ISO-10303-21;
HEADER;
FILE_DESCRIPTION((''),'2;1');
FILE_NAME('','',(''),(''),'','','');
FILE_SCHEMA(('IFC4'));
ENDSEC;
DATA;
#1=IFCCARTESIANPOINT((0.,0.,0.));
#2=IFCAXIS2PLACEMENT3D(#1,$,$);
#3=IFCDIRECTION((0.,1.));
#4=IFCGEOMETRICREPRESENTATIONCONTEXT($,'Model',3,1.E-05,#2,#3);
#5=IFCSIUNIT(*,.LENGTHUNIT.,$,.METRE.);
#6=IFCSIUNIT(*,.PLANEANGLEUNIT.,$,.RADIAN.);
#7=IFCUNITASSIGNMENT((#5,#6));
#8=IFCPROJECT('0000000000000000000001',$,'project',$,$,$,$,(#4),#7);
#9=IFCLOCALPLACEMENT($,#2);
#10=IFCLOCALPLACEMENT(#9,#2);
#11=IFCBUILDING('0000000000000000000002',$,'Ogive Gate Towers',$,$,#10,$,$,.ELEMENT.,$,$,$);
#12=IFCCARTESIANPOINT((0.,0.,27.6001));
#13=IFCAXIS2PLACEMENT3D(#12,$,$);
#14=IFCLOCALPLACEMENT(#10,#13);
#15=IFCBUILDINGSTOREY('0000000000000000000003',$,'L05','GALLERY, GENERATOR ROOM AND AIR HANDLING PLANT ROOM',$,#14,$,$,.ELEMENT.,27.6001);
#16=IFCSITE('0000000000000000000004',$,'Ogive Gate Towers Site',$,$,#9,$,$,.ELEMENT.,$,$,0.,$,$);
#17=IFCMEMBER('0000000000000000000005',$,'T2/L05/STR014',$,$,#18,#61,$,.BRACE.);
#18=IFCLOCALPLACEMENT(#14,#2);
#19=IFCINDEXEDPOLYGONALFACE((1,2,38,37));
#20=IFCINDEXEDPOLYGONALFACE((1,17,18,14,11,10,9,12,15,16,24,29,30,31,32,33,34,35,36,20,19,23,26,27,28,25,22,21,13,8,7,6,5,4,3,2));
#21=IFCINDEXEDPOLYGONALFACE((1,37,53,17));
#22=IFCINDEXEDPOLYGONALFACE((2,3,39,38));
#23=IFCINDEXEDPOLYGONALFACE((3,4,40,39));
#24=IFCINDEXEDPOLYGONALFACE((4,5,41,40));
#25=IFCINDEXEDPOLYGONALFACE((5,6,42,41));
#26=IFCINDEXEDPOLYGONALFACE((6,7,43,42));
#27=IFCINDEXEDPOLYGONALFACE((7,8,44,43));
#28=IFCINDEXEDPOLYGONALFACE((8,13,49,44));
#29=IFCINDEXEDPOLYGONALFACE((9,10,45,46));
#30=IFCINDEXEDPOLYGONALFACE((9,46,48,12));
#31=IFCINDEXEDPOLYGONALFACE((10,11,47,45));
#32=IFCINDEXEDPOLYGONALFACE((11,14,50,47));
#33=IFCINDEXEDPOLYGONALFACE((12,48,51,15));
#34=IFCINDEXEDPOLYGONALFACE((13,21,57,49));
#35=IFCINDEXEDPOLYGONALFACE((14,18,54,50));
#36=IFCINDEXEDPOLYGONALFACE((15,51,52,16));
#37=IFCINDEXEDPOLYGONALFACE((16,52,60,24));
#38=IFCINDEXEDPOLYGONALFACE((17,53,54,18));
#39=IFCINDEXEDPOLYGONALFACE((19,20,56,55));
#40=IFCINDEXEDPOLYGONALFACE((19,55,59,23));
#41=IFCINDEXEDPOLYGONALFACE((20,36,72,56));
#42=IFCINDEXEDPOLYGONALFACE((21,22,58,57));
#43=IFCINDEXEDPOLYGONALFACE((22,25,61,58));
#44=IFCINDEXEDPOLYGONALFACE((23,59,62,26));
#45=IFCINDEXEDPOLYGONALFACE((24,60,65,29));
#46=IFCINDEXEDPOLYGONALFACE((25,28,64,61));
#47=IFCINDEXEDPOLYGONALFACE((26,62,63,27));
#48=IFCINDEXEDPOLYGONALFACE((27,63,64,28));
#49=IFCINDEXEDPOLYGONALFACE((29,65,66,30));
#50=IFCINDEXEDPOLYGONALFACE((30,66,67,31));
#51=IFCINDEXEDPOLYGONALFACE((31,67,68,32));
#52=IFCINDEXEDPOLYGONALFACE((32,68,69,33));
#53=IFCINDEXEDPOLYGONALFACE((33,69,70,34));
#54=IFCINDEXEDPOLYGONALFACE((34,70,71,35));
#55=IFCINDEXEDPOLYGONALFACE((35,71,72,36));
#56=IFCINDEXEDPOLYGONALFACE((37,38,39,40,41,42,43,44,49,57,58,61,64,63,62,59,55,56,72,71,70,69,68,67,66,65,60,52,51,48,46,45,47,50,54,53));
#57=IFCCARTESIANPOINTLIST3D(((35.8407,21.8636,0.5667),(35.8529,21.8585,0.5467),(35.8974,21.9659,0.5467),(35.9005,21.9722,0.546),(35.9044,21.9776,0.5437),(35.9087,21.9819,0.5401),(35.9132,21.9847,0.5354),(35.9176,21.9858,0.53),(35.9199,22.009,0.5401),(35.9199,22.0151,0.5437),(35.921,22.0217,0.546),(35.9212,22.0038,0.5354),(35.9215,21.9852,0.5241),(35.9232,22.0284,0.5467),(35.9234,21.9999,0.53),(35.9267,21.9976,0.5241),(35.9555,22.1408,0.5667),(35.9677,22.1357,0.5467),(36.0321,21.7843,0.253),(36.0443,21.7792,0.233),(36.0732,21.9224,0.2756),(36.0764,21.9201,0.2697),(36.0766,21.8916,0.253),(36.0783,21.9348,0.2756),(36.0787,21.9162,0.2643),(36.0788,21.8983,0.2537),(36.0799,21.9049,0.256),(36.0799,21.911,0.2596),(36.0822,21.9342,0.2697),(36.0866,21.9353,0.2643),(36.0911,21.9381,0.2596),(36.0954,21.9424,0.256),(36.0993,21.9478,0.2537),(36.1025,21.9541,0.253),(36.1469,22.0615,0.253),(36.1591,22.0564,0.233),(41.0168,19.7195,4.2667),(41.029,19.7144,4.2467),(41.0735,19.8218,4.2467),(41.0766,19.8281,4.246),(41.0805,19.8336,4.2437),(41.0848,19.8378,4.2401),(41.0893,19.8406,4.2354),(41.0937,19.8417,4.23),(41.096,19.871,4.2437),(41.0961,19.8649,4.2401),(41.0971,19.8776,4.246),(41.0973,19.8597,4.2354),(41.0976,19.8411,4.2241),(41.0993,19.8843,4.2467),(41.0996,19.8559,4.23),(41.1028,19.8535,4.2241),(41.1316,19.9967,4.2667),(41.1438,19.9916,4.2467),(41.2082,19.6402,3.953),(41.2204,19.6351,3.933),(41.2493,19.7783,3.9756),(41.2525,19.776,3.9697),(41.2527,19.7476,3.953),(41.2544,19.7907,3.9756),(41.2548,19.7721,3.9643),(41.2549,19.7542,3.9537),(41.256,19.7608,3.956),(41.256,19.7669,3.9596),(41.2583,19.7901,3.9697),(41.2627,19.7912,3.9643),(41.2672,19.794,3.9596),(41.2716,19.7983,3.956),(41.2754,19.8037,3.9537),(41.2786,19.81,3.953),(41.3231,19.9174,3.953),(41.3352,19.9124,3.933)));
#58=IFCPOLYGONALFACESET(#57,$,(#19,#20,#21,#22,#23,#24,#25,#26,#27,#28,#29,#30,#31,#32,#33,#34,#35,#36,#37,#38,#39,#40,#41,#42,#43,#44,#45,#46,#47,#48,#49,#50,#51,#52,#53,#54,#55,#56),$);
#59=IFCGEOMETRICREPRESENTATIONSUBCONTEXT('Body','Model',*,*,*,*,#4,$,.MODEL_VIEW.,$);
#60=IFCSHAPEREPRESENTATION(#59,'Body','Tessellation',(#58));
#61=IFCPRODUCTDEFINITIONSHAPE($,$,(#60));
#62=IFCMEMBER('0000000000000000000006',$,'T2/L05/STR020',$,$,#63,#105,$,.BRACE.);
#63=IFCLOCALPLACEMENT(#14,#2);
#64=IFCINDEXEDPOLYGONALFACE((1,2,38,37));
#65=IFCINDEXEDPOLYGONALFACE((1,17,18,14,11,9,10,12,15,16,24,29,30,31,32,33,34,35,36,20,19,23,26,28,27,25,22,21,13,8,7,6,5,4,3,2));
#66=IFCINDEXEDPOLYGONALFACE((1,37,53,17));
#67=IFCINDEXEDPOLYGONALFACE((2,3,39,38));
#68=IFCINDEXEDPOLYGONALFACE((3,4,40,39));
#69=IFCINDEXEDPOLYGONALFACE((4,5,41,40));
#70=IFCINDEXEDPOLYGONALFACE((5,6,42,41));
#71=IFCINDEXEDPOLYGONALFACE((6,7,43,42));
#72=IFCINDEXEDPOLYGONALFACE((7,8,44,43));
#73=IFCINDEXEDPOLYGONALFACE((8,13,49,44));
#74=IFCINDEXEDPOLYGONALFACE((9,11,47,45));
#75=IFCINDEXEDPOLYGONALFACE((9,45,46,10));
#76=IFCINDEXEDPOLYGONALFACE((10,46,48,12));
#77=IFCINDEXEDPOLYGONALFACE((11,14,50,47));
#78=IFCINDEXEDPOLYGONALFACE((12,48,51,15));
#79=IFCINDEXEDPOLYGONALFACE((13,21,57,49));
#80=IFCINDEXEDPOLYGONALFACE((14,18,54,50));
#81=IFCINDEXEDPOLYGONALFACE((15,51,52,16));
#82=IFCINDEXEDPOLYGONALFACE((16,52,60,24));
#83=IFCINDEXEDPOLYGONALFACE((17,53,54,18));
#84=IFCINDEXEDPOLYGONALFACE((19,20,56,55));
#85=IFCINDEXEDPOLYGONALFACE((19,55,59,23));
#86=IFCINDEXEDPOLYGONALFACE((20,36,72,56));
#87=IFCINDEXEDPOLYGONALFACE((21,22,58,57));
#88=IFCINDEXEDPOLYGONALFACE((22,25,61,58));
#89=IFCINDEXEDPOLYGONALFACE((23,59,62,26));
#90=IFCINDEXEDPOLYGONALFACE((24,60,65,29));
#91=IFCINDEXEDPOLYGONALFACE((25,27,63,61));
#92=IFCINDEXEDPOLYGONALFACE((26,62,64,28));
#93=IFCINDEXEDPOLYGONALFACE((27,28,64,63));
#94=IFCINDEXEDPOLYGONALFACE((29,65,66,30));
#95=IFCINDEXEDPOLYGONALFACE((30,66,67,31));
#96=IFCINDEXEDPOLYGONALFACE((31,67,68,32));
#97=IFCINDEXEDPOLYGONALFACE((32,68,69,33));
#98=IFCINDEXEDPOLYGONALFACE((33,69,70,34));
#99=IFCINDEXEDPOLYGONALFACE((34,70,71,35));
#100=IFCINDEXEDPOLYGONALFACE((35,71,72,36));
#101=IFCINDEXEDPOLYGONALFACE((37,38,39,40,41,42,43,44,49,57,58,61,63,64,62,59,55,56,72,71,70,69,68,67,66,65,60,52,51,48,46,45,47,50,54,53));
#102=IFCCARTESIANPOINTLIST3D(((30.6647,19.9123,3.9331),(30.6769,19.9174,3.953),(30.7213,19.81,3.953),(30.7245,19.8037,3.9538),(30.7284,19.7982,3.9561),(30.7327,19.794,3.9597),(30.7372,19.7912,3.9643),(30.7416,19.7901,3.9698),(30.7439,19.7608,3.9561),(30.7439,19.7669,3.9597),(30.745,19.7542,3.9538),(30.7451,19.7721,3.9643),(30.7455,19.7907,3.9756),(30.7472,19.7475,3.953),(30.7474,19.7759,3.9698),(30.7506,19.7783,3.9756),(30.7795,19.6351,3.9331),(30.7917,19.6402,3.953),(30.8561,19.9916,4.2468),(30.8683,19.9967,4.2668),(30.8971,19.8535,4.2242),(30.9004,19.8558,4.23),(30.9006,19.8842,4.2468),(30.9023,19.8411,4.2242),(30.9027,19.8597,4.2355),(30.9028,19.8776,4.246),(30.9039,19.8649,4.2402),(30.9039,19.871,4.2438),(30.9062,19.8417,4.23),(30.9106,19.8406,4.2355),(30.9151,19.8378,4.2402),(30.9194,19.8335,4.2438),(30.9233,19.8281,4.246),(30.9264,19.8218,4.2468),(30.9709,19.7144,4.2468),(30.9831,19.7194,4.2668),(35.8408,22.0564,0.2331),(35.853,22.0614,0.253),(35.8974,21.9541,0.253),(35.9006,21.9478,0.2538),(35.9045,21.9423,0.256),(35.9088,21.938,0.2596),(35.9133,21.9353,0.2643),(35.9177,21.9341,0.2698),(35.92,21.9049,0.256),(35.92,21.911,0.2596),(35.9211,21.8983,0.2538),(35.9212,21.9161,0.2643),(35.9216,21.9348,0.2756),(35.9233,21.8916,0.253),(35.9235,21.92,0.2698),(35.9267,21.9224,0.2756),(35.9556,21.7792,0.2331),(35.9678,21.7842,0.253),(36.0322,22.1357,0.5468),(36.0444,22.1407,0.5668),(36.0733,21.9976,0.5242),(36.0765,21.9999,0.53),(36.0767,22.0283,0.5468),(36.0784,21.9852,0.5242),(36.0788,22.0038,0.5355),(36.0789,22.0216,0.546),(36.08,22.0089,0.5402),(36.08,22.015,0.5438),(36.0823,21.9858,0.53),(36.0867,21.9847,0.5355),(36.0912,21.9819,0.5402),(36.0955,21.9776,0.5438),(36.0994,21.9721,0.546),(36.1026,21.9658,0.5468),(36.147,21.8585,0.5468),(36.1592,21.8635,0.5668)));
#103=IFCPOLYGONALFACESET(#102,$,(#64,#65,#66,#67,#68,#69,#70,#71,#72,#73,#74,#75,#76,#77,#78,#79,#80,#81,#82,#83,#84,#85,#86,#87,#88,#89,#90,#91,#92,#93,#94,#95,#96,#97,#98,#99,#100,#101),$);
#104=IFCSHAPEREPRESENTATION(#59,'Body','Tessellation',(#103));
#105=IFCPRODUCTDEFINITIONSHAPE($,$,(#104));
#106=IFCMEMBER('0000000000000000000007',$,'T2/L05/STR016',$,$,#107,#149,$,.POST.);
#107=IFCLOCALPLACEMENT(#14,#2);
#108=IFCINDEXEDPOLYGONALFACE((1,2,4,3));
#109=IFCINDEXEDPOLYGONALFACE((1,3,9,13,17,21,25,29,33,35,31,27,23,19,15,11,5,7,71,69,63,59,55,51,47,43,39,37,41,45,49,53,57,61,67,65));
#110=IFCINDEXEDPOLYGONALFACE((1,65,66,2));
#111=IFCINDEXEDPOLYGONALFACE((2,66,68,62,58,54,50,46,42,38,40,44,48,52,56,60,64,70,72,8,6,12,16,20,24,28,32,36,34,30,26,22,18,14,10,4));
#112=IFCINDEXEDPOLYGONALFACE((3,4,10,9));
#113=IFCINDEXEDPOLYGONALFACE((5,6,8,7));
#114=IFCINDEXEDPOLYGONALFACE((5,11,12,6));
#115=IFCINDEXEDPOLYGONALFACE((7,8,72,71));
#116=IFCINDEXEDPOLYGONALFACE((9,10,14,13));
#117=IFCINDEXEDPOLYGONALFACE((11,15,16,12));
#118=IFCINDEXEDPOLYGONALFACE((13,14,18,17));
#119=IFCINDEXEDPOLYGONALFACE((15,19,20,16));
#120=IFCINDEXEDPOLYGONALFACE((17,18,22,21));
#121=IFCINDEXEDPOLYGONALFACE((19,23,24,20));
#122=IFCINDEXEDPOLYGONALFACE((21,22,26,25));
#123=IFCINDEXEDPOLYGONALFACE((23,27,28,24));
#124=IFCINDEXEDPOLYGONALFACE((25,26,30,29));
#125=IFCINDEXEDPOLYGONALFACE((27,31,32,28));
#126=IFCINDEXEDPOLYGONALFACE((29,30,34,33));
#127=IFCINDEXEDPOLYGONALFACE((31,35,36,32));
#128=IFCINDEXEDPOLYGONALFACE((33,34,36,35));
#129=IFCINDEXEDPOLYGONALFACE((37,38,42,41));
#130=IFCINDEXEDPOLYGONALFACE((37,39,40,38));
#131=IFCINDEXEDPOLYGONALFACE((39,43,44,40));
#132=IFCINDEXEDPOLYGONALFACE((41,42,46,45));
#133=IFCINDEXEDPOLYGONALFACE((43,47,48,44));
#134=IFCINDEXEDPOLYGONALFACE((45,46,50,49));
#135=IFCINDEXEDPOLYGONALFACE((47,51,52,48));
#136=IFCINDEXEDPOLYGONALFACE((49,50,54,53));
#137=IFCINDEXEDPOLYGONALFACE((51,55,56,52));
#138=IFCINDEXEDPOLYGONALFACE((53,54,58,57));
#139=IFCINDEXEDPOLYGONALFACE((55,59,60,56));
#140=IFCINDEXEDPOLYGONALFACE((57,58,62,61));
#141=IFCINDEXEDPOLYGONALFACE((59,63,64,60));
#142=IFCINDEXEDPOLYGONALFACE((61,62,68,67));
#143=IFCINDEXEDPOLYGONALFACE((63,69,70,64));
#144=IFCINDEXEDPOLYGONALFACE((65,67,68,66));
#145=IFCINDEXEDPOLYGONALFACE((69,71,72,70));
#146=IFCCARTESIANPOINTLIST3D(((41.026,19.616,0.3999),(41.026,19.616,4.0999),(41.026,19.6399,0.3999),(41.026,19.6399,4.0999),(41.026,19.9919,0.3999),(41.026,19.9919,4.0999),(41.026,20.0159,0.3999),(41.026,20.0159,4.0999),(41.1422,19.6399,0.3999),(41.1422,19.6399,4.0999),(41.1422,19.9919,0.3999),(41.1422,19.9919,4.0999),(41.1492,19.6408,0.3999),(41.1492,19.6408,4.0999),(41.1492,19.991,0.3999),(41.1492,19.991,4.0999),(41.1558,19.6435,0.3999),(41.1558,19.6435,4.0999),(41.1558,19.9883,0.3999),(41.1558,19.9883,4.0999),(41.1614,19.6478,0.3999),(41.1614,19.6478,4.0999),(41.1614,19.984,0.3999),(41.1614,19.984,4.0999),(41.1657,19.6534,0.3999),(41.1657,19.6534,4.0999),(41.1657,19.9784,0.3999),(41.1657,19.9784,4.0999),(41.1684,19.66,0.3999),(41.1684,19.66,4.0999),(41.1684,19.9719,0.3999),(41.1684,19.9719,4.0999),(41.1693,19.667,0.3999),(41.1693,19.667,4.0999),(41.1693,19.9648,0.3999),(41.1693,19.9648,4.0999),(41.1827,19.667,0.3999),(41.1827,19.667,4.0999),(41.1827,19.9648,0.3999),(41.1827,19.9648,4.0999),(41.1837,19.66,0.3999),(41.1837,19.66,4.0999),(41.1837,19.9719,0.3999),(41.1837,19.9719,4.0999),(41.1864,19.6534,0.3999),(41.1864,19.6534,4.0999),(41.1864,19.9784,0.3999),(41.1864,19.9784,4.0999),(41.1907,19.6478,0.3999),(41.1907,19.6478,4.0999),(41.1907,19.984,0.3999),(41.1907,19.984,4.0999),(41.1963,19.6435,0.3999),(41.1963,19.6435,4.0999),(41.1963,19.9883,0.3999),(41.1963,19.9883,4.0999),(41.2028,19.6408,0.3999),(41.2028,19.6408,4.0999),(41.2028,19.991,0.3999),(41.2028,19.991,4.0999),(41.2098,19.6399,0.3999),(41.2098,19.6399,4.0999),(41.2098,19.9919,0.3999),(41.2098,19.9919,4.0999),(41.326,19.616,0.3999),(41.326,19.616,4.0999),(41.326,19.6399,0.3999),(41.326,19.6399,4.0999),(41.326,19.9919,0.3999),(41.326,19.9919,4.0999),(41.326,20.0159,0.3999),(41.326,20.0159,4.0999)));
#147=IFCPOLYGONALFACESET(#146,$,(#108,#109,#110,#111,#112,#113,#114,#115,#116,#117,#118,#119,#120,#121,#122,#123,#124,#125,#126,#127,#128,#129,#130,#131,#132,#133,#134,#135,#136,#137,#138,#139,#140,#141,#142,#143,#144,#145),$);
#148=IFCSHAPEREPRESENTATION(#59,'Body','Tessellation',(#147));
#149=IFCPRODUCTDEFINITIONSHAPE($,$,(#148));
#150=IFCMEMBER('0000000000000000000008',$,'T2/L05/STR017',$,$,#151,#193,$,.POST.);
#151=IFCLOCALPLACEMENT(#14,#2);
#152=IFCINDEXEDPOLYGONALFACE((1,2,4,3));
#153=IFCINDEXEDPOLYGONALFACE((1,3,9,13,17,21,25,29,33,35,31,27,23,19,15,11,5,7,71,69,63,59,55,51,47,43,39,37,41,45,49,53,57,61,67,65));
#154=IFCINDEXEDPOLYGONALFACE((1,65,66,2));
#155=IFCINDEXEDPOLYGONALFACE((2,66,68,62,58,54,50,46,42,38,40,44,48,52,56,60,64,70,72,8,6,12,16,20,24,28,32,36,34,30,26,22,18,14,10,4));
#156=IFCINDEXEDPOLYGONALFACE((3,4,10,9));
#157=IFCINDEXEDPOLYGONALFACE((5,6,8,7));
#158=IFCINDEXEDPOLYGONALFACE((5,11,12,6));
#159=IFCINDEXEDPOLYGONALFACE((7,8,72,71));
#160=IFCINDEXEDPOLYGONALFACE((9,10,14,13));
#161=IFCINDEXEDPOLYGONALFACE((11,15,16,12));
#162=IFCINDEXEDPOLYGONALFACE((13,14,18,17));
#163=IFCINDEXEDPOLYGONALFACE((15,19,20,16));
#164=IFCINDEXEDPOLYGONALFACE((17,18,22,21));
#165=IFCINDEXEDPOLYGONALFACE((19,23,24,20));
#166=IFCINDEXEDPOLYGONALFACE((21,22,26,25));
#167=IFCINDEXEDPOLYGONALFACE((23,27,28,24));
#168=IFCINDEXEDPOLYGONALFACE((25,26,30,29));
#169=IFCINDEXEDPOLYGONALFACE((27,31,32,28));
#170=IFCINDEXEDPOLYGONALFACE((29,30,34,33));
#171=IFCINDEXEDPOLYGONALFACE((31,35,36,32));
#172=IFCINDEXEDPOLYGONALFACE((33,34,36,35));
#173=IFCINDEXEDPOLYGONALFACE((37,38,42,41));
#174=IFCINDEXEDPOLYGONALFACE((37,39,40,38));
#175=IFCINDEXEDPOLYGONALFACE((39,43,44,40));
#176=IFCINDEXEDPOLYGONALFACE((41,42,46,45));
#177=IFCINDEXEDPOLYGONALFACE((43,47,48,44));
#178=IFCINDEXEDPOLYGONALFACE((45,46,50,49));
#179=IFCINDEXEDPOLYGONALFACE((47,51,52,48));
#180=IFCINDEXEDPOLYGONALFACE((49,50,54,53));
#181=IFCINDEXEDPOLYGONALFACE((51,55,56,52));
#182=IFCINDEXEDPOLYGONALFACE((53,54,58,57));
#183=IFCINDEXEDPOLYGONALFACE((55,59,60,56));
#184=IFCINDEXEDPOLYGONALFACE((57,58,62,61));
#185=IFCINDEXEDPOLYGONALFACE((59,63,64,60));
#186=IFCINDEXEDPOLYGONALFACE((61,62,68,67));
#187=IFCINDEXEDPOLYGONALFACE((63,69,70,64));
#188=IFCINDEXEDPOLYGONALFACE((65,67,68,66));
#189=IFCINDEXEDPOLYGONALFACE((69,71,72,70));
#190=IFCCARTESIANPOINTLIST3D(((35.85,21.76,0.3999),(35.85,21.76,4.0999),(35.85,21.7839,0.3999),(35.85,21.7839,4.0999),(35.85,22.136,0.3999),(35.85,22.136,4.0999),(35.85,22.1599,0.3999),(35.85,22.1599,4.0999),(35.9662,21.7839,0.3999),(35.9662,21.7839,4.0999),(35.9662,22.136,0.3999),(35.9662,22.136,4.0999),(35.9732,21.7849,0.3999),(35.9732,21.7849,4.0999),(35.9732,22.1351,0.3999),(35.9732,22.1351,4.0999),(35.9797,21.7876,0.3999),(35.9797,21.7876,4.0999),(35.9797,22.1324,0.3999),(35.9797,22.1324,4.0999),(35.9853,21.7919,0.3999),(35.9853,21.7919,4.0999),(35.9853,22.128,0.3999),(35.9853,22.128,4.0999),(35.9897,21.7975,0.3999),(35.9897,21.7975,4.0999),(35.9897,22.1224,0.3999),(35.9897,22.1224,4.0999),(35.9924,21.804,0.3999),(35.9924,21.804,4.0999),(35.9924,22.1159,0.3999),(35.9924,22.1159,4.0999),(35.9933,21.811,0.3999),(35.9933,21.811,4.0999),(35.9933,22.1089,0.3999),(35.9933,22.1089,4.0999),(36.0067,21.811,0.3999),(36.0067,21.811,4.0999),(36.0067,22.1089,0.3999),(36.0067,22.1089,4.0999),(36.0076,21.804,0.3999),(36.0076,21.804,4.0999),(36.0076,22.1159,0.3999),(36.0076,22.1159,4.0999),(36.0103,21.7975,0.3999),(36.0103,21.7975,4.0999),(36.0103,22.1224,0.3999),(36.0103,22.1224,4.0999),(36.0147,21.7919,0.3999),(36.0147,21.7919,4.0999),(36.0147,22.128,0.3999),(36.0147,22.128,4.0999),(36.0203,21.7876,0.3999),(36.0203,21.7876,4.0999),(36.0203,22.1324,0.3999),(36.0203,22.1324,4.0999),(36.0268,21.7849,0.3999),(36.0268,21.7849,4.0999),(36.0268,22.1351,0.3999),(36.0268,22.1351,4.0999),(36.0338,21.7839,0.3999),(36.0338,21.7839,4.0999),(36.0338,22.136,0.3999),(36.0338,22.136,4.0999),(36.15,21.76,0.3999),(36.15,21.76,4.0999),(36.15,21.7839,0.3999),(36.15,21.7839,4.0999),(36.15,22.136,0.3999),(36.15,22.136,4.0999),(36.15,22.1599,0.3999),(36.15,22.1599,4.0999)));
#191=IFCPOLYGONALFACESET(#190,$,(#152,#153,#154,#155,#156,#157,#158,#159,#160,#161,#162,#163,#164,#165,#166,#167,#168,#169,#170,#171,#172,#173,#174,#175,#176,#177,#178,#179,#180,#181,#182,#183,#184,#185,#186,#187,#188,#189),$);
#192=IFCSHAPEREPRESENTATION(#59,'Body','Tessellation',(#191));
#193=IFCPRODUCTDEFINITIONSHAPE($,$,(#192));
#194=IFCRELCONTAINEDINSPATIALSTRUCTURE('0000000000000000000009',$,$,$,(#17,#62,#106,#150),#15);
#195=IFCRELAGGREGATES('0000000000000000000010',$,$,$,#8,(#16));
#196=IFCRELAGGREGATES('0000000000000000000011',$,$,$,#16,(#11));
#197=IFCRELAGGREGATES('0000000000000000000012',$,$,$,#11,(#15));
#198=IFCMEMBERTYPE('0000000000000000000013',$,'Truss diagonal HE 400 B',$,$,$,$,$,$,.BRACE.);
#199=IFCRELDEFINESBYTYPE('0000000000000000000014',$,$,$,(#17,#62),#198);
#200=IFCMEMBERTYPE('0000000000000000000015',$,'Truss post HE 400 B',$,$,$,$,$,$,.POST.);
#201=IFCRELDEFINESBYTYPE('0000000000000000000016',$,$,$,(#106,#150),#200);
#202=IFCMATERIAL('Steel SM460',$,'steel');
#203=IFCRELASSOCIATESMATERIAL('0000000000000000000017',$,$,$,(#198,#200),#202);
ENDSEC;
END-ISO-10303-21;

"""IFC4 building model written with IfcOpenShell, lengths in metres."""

from ifc_helpers import new_model, si_unit, direction, frame, origin, origin_2d, place, context, subcontext, project, spatial, i_section, extrude, material, material_profile, profile_set, type_object, element, save


model = new_model("IFC4")

# Units and contexts
model_context = context("Model", 3, precision=1e-05, world=origin(), true_north=direction((0.0, 1.0)))
body_context = subcontext(model_context, "Body", "Model", "MODEL_VIEW")
ifc_project = project(units=[si_unit("LENGTHUNIT", "METRE"), si_unit("PLANEANGLEUNIT", "RADIAN")], contexts=[model_context])

# Site, building, storey
site_placement = place(None, origin())
site = spatial("IfcSite", under=ifc_project, at=site_placement, Name="Ogive Gate Towers Site", CompositionType="ELEMENT", RefElevation=0.0)
building_placement = place(site_placement, origin())
building = spatial("IfcBuilding", under=site, at=building_placement, Name="Ogive Gate Towers", CompositionType="ELEMENT")
storey_placement = place(building_placement, frame((0.0, 0.0, 27.6001)))
storey = spatial("IfcBuildingStorey", under=building, at=storey_placement, Name="L05", Description="GALLERY, GENERATOR ROOM AND AIR HANDLING PLANT ROOM", CompositionType="ELEMENT", Elevation=27.6001)

# Shared definitions
ifc_material_1 = material(Name="Steel SM460", Category="steel")

# Members
ifc_material_profile_1 = material_profile(ifc_material_1, i_section(OverallWidth=0.3, OverallDepth=0.3999, WebThickness=0.0134, FlangeThickness=0.0239, FilletRadius=0.0271, at=origin_2d()), Name="HE 400 B")
ifc_profile_set_1 = profile_set([ifc_material_profile_1], Name="Steel SM460")
member_type_1 = type_object("IfcMemberType", Name="Truss diagonal HE 400 B", PredefinedType="BRACE", material=ifc_profile_set_1)
for number, where, z_axis, x_axis, name in (
    (1, (41.176, 19.8159, 4.0999), (-0.77093, 0.319339, -0.55108), (-0.382693, -0.923876, 0.0), "T2/L05/STR014"),
    (2, (36.0, 21.96, 0.3999), (-0.77093, -0.319339, 0.55108), (0.382693, -0.923876, 0.0), "T2/L05/STR020"),
):
    element("IfcMember", number, at=place(storey_placement, frame(where, z_axis=z_axis, x_axis=x_axis)), inside=storey, type_object=member_type_1, Name=name, PredefinedType="BRACE", context=body_context, shape_type="SweptSolid", body=[
        extrude(i_section(OverallWidth=0.3, OverallDepth=0.3999, WebThickness=0.0134, FlangeThickness=0.0239, FilletRadius=0.0271, at=origin_2d()), origin(), (0.0, 0.0, 1.0), 6.7141),
    ])
ifc_material_profile_2 = material_profile(ifc_material_1, i_section(OverallWidth=0.3, OverallDepth=0.3999, WebThickness=0.0134, FlangeThickness=0.0239, FilletRadius=0.0271, at=origin_2d()), Name="HE 400 B")
ifc_profile_set_2 = profile_set([ifc_material_profile_2], Name="Steel SM460")
member_type_2 = type_object("IfcMemberType", Name="Truss post HE 400 B", PredefinedType="POST", material=ifc_profile_set_2)
for number, where, z_axis, x_axis, name in (
    (3, (41.176, 19.8159, 0.3999), (0.0, 0.0, 1.0), (1.0, 0.0, 0.0), "T2/L05/STR016"),
    (4, (36.0, 21.96, 0.3999), (0.0, 0.0, 1.0), (1.0, 0.0, 0.0), "T2/L05/STR017"),
):
    element("IfcMember", number, at=place(storey_placement, frame(where, z_axis=z_axis, x_axis=x_axis)), inside=storey, type_object=member_type_2, Name=name, PredefinedType="POST", context=body_context, shape_type="SweptSolid", body=[
        extrude(i_section(OverallWidth=0.3, OverallDepth=0.3999, WebThickness=0.0134, FlangeThickness=0.0239, FilletRadius=0.0271, at=origin_2d()), origin(), (0.0, 0.0, 1.0), 3.7),
    ])

save(model, "model.ifc")
